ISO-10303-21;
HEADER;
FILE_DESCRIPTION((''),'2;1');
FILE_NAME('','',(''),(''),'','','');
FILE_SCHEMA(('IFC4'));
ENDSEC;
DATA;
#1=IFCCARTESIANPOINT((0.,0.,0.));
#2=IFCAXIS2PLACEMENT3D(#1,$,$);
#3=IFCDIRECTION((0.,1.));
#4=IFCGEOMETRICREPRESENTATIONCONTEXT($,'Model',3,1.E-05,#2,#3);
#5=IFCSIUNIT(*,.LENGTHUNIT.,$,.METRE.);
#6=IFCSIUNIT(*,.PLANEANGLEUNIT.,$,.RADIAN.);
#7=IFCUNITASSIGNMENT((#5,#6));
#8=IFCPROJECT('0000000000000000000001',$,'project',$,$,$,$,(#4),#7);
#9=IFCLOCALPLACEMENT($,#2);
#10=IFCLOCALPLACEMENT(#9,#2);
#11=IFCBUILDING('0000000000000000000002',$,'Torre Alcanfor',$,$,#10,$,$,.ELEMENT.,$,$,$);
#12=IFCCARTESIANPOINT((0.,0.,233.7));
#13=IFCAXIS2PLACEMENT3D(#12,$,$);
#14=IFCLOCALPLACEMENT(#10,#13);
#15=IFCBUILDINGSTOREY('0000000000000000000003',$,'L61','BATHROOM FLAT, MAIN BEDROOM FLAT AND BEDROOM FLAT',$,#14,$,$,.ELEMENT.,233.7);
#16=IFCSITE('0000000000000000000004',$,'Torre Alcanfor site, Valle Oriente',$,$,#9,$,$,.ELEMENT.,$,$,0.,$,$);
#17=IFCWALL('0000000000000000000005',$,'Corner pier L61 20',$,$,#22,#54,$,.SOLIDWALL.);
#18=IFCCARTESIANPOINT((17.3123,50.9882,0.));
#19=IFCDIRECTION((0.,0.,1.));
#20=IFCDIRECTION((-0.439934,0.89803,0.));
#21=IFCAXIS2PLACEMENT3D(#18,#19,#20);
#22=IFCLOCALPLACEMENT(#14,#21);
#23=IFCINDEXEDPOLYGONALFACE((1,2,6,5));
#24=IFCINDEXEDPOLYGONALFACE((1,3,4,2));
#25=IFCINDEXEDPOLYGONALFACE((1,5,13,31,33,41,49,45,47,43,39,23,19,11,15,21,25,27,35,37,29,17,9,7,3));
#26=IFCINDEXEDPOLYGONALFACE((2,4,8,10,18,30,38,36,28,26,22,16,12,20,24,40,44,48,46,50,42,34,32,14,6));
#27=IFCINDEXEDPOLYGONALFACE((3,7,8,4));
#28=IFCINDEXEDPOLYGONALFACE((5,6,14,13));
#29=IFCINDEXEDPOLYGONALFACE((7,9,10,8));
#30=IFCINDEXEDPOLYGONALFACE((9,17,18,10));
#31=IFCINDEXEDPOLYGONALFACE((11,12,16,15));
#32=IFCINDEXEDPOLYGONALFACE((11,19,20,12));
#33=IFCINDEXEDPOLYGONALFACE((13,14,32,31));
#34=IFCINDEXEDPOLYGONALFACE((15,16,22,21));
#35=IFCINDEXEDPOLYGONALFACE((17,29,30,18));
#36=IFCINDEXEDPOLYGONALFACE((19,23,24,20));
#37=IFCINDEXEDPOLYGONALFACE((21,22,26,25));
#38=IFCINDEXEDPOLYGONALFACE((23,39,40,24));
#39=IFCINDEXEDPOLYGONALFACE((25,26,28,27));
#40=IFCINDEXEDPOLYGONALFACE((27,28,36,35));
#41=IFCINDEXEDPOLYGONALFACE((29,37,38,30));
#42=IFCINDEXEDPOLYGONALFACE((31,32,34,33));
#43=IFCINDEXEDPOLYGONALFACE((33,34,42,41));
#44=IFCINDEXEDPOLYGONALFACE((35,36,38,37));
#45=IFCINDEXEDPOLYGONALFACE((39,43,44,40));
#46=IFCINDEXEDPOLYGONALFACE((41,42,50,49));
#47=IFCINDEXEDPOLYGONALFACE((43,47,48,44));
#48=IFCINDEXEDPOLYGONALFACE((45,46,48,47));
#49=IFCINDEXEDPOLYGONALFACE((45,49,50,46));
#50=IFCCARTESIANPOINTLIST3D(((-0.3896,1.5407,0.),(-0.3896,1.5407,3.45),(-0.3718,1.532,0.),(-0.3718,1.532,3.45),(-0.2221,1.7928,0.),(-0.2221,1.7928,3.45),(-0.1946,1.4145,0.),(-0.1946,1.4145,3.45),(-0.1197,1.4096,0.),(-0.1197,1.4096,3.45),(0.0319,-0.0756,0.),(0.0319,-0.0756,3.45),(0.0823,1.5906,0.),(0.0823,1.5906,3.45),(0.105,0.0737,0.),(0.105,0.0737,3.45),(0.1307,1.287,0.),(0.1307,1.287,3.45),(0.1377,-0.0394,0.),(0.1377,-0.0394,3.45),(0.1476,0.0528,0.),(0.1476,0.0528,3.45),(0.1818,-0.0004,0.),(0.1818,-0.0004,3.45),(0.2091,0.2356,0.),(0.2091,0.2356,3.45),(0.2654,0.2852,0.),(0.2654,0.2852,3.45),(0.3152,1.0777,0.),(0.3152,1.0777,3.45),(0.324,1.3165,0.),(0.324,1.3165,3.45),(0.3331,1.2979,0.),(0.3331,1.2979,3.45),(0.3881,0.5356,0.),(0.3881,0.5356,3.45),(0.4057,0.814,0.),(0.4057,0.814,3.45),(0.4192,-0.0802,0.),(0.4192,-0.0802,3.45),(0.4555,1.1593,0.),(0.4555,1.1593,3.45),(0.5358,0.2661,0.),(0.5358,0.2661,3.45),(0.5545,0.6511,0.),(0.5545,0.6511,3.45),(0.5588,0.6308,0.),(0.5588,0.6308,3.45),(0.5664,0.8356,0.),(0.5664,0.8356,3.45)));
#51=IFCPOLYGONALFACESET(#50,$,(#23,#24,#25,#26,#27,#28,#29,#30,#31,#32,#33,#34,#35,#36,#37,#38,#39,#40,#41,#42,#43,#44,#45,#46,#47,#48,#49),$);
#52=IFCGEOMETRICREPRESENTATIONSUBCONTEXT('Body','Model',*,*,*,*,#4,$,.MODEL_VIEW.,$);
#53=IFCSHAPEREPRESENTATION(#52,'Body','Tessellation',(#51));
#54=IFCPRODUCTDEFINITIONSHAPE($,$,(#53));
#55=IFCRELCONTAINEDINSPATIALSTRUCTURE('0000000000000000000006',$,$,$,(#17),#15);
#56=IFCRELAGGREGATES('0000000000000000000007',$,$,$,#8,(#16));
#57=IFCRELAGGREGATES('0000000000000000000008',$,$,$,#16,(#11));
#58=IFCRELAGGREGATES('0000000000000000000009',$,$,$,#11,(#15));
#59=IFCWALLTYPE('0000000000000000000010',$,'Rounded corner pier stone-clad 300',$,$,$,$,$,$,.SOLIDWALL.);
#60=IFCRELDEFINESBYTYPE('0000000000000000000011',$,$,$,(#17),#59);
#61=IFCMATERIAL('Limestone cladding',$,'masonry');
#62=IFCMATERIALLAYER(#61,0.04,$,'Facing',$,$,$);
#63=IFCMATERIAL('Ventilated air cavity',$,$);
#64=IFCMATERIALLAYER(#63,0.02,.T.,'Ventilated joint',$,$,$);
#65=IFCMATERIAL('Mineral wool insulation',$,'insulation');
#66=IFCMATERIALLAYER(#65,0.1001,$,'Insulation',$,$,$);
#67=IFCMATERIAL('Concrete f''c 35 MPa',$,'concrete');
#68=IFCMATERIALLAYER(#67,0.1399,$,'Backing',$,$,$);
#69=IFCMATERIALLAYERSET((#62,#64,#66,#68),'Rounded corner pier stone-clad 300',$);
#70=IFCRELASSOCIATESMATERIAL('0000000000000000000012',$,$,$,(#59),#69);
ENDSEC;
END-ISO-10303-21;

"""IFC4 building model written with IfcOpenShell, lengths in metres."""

from ifc_helpers import new_model, si_unit, direction, frame, origin, place, context, subcontext, project, spatial, polyline, outline, extrude, material, layer, layer_set, type_object, element, save


model = new_model("IFC4")

# Units and contexts
model_context = context("Model", 3, precision=1e-05, world=origin(), true_north=direction((0.0, 1.0)))
body_context = subcontext(model_context, "Body", "Model", "MODEL_VIEW")
ifc_project = project(units=[si_unit("LENGTHUNIT", "METRE"), si_unit("PLANEANGLEUNIT", "RADIAN")], contexts=[model_context])

# Site, building, storey
site_placement = place(None, origin())
site = spatial("IfcSite", under=ifc_project, at=site_placement, Name="Torre Alcanfor site, Valle Oriente", CompositionType="ELEMENT", RefElevation=0.0)
building_placement = place(site_placement, origin())
building = spatial("IfcBuilding", under=site, at=building_placement, Name="Torre Alcanfor", CompositionType="ELEMENT")
storey_placement = place(building_placement, frame((0.0, 0.0, 233.7)))
storey = spatial("IfcBuildingStorey", under=building, at=storey_placement, Name="L61", Description="BATHROOM FLAT, MAIN BEDROOM FLAT AND BEDROOM FLAT", CompositionType="ELEMENT", Elevation=233.7)

# Shared definitions
ifc_material_1 = material(Name="Limestone cladding", Category="masonry")
ifc_material_2 = material(Name="Ventilated air cavity")
ifc_material_3 = material(Name="Mineral wool insulation", Category="insulation")
ifc_material_4 = material(Name="Concrete f'c 35 MPa", Category="concrete")

# Wall
ifc_layer_1 = layer(ifc_material_1, 0.04, Name="Facing")
ifc_layer_2 = layer(ifc_material_2, 0.02, ventilated=True, Name="Ventilated joint")
ifc_layer_3 = layer(ifc_material_3, 0.1001, Name="Insulation")
ifc_layer_4 = layer(ifc_material_4, 0.1399, Name="Backing")
ifc_layer_set_1 = layer_set([ifc_layer_1, ifc_layer_2, ifc_layer_3, ifc_layer_4], Name="Rounded corner pier stone-clad 300")
wall_type_1 = type_object("IfcWallType", Name="Rounded corner pier stone-clad 300", PredefinedType="SOLIDWALL", material=ifc_layer_set_1)
wall_1_placement = place(storey_placement, frame((17.3123, 50.9882, 0.0), z_axis=(0.0, 0.0, 1.0), x_axis=(-0.439934, 0.89803, 0.0)))
element("IfcWall", 1, at=wall_1_placement, inside=storey, type_object=wall_type_1, Name="Corner pier L61 20", PredefinedType="SOLIDWALL", context=body_context, shape_type="SweptSolid", body=[
    extrude(outline(polyline([(0.1377, -0.0394), (0.1818, -0.0004), (0.4192, -0.0802), (0.5358, 0.2661), (0.5588, 0.6308), (0.5545, 0.6511), (0.5664, 0.8356), (0.4555, 1.1593), (0.3331, 1.2979), (0.324, 1.3165), (0.0823, 1.5906), (-0.2221, 1.7928), (-0.3896, 1.5407), (-0.3718, 1.532), (-0.1946, 1.4145), (-0.1197, 1.4096), (0.1307, 1.287), (0.3152, 1.0777), (0.4057, 0.814), (0.3881, 0.5356), (0.2654, 0.2852), (0.2091, 0.2356), (0.1476, 0.0528), (0.105, 0.0737), (0.0319, -0.0756), (0.1377, -0.0394)])), origin(), (0.0, 0.0, 1.0), 3.45),
])

save(model, "model.ifc")
